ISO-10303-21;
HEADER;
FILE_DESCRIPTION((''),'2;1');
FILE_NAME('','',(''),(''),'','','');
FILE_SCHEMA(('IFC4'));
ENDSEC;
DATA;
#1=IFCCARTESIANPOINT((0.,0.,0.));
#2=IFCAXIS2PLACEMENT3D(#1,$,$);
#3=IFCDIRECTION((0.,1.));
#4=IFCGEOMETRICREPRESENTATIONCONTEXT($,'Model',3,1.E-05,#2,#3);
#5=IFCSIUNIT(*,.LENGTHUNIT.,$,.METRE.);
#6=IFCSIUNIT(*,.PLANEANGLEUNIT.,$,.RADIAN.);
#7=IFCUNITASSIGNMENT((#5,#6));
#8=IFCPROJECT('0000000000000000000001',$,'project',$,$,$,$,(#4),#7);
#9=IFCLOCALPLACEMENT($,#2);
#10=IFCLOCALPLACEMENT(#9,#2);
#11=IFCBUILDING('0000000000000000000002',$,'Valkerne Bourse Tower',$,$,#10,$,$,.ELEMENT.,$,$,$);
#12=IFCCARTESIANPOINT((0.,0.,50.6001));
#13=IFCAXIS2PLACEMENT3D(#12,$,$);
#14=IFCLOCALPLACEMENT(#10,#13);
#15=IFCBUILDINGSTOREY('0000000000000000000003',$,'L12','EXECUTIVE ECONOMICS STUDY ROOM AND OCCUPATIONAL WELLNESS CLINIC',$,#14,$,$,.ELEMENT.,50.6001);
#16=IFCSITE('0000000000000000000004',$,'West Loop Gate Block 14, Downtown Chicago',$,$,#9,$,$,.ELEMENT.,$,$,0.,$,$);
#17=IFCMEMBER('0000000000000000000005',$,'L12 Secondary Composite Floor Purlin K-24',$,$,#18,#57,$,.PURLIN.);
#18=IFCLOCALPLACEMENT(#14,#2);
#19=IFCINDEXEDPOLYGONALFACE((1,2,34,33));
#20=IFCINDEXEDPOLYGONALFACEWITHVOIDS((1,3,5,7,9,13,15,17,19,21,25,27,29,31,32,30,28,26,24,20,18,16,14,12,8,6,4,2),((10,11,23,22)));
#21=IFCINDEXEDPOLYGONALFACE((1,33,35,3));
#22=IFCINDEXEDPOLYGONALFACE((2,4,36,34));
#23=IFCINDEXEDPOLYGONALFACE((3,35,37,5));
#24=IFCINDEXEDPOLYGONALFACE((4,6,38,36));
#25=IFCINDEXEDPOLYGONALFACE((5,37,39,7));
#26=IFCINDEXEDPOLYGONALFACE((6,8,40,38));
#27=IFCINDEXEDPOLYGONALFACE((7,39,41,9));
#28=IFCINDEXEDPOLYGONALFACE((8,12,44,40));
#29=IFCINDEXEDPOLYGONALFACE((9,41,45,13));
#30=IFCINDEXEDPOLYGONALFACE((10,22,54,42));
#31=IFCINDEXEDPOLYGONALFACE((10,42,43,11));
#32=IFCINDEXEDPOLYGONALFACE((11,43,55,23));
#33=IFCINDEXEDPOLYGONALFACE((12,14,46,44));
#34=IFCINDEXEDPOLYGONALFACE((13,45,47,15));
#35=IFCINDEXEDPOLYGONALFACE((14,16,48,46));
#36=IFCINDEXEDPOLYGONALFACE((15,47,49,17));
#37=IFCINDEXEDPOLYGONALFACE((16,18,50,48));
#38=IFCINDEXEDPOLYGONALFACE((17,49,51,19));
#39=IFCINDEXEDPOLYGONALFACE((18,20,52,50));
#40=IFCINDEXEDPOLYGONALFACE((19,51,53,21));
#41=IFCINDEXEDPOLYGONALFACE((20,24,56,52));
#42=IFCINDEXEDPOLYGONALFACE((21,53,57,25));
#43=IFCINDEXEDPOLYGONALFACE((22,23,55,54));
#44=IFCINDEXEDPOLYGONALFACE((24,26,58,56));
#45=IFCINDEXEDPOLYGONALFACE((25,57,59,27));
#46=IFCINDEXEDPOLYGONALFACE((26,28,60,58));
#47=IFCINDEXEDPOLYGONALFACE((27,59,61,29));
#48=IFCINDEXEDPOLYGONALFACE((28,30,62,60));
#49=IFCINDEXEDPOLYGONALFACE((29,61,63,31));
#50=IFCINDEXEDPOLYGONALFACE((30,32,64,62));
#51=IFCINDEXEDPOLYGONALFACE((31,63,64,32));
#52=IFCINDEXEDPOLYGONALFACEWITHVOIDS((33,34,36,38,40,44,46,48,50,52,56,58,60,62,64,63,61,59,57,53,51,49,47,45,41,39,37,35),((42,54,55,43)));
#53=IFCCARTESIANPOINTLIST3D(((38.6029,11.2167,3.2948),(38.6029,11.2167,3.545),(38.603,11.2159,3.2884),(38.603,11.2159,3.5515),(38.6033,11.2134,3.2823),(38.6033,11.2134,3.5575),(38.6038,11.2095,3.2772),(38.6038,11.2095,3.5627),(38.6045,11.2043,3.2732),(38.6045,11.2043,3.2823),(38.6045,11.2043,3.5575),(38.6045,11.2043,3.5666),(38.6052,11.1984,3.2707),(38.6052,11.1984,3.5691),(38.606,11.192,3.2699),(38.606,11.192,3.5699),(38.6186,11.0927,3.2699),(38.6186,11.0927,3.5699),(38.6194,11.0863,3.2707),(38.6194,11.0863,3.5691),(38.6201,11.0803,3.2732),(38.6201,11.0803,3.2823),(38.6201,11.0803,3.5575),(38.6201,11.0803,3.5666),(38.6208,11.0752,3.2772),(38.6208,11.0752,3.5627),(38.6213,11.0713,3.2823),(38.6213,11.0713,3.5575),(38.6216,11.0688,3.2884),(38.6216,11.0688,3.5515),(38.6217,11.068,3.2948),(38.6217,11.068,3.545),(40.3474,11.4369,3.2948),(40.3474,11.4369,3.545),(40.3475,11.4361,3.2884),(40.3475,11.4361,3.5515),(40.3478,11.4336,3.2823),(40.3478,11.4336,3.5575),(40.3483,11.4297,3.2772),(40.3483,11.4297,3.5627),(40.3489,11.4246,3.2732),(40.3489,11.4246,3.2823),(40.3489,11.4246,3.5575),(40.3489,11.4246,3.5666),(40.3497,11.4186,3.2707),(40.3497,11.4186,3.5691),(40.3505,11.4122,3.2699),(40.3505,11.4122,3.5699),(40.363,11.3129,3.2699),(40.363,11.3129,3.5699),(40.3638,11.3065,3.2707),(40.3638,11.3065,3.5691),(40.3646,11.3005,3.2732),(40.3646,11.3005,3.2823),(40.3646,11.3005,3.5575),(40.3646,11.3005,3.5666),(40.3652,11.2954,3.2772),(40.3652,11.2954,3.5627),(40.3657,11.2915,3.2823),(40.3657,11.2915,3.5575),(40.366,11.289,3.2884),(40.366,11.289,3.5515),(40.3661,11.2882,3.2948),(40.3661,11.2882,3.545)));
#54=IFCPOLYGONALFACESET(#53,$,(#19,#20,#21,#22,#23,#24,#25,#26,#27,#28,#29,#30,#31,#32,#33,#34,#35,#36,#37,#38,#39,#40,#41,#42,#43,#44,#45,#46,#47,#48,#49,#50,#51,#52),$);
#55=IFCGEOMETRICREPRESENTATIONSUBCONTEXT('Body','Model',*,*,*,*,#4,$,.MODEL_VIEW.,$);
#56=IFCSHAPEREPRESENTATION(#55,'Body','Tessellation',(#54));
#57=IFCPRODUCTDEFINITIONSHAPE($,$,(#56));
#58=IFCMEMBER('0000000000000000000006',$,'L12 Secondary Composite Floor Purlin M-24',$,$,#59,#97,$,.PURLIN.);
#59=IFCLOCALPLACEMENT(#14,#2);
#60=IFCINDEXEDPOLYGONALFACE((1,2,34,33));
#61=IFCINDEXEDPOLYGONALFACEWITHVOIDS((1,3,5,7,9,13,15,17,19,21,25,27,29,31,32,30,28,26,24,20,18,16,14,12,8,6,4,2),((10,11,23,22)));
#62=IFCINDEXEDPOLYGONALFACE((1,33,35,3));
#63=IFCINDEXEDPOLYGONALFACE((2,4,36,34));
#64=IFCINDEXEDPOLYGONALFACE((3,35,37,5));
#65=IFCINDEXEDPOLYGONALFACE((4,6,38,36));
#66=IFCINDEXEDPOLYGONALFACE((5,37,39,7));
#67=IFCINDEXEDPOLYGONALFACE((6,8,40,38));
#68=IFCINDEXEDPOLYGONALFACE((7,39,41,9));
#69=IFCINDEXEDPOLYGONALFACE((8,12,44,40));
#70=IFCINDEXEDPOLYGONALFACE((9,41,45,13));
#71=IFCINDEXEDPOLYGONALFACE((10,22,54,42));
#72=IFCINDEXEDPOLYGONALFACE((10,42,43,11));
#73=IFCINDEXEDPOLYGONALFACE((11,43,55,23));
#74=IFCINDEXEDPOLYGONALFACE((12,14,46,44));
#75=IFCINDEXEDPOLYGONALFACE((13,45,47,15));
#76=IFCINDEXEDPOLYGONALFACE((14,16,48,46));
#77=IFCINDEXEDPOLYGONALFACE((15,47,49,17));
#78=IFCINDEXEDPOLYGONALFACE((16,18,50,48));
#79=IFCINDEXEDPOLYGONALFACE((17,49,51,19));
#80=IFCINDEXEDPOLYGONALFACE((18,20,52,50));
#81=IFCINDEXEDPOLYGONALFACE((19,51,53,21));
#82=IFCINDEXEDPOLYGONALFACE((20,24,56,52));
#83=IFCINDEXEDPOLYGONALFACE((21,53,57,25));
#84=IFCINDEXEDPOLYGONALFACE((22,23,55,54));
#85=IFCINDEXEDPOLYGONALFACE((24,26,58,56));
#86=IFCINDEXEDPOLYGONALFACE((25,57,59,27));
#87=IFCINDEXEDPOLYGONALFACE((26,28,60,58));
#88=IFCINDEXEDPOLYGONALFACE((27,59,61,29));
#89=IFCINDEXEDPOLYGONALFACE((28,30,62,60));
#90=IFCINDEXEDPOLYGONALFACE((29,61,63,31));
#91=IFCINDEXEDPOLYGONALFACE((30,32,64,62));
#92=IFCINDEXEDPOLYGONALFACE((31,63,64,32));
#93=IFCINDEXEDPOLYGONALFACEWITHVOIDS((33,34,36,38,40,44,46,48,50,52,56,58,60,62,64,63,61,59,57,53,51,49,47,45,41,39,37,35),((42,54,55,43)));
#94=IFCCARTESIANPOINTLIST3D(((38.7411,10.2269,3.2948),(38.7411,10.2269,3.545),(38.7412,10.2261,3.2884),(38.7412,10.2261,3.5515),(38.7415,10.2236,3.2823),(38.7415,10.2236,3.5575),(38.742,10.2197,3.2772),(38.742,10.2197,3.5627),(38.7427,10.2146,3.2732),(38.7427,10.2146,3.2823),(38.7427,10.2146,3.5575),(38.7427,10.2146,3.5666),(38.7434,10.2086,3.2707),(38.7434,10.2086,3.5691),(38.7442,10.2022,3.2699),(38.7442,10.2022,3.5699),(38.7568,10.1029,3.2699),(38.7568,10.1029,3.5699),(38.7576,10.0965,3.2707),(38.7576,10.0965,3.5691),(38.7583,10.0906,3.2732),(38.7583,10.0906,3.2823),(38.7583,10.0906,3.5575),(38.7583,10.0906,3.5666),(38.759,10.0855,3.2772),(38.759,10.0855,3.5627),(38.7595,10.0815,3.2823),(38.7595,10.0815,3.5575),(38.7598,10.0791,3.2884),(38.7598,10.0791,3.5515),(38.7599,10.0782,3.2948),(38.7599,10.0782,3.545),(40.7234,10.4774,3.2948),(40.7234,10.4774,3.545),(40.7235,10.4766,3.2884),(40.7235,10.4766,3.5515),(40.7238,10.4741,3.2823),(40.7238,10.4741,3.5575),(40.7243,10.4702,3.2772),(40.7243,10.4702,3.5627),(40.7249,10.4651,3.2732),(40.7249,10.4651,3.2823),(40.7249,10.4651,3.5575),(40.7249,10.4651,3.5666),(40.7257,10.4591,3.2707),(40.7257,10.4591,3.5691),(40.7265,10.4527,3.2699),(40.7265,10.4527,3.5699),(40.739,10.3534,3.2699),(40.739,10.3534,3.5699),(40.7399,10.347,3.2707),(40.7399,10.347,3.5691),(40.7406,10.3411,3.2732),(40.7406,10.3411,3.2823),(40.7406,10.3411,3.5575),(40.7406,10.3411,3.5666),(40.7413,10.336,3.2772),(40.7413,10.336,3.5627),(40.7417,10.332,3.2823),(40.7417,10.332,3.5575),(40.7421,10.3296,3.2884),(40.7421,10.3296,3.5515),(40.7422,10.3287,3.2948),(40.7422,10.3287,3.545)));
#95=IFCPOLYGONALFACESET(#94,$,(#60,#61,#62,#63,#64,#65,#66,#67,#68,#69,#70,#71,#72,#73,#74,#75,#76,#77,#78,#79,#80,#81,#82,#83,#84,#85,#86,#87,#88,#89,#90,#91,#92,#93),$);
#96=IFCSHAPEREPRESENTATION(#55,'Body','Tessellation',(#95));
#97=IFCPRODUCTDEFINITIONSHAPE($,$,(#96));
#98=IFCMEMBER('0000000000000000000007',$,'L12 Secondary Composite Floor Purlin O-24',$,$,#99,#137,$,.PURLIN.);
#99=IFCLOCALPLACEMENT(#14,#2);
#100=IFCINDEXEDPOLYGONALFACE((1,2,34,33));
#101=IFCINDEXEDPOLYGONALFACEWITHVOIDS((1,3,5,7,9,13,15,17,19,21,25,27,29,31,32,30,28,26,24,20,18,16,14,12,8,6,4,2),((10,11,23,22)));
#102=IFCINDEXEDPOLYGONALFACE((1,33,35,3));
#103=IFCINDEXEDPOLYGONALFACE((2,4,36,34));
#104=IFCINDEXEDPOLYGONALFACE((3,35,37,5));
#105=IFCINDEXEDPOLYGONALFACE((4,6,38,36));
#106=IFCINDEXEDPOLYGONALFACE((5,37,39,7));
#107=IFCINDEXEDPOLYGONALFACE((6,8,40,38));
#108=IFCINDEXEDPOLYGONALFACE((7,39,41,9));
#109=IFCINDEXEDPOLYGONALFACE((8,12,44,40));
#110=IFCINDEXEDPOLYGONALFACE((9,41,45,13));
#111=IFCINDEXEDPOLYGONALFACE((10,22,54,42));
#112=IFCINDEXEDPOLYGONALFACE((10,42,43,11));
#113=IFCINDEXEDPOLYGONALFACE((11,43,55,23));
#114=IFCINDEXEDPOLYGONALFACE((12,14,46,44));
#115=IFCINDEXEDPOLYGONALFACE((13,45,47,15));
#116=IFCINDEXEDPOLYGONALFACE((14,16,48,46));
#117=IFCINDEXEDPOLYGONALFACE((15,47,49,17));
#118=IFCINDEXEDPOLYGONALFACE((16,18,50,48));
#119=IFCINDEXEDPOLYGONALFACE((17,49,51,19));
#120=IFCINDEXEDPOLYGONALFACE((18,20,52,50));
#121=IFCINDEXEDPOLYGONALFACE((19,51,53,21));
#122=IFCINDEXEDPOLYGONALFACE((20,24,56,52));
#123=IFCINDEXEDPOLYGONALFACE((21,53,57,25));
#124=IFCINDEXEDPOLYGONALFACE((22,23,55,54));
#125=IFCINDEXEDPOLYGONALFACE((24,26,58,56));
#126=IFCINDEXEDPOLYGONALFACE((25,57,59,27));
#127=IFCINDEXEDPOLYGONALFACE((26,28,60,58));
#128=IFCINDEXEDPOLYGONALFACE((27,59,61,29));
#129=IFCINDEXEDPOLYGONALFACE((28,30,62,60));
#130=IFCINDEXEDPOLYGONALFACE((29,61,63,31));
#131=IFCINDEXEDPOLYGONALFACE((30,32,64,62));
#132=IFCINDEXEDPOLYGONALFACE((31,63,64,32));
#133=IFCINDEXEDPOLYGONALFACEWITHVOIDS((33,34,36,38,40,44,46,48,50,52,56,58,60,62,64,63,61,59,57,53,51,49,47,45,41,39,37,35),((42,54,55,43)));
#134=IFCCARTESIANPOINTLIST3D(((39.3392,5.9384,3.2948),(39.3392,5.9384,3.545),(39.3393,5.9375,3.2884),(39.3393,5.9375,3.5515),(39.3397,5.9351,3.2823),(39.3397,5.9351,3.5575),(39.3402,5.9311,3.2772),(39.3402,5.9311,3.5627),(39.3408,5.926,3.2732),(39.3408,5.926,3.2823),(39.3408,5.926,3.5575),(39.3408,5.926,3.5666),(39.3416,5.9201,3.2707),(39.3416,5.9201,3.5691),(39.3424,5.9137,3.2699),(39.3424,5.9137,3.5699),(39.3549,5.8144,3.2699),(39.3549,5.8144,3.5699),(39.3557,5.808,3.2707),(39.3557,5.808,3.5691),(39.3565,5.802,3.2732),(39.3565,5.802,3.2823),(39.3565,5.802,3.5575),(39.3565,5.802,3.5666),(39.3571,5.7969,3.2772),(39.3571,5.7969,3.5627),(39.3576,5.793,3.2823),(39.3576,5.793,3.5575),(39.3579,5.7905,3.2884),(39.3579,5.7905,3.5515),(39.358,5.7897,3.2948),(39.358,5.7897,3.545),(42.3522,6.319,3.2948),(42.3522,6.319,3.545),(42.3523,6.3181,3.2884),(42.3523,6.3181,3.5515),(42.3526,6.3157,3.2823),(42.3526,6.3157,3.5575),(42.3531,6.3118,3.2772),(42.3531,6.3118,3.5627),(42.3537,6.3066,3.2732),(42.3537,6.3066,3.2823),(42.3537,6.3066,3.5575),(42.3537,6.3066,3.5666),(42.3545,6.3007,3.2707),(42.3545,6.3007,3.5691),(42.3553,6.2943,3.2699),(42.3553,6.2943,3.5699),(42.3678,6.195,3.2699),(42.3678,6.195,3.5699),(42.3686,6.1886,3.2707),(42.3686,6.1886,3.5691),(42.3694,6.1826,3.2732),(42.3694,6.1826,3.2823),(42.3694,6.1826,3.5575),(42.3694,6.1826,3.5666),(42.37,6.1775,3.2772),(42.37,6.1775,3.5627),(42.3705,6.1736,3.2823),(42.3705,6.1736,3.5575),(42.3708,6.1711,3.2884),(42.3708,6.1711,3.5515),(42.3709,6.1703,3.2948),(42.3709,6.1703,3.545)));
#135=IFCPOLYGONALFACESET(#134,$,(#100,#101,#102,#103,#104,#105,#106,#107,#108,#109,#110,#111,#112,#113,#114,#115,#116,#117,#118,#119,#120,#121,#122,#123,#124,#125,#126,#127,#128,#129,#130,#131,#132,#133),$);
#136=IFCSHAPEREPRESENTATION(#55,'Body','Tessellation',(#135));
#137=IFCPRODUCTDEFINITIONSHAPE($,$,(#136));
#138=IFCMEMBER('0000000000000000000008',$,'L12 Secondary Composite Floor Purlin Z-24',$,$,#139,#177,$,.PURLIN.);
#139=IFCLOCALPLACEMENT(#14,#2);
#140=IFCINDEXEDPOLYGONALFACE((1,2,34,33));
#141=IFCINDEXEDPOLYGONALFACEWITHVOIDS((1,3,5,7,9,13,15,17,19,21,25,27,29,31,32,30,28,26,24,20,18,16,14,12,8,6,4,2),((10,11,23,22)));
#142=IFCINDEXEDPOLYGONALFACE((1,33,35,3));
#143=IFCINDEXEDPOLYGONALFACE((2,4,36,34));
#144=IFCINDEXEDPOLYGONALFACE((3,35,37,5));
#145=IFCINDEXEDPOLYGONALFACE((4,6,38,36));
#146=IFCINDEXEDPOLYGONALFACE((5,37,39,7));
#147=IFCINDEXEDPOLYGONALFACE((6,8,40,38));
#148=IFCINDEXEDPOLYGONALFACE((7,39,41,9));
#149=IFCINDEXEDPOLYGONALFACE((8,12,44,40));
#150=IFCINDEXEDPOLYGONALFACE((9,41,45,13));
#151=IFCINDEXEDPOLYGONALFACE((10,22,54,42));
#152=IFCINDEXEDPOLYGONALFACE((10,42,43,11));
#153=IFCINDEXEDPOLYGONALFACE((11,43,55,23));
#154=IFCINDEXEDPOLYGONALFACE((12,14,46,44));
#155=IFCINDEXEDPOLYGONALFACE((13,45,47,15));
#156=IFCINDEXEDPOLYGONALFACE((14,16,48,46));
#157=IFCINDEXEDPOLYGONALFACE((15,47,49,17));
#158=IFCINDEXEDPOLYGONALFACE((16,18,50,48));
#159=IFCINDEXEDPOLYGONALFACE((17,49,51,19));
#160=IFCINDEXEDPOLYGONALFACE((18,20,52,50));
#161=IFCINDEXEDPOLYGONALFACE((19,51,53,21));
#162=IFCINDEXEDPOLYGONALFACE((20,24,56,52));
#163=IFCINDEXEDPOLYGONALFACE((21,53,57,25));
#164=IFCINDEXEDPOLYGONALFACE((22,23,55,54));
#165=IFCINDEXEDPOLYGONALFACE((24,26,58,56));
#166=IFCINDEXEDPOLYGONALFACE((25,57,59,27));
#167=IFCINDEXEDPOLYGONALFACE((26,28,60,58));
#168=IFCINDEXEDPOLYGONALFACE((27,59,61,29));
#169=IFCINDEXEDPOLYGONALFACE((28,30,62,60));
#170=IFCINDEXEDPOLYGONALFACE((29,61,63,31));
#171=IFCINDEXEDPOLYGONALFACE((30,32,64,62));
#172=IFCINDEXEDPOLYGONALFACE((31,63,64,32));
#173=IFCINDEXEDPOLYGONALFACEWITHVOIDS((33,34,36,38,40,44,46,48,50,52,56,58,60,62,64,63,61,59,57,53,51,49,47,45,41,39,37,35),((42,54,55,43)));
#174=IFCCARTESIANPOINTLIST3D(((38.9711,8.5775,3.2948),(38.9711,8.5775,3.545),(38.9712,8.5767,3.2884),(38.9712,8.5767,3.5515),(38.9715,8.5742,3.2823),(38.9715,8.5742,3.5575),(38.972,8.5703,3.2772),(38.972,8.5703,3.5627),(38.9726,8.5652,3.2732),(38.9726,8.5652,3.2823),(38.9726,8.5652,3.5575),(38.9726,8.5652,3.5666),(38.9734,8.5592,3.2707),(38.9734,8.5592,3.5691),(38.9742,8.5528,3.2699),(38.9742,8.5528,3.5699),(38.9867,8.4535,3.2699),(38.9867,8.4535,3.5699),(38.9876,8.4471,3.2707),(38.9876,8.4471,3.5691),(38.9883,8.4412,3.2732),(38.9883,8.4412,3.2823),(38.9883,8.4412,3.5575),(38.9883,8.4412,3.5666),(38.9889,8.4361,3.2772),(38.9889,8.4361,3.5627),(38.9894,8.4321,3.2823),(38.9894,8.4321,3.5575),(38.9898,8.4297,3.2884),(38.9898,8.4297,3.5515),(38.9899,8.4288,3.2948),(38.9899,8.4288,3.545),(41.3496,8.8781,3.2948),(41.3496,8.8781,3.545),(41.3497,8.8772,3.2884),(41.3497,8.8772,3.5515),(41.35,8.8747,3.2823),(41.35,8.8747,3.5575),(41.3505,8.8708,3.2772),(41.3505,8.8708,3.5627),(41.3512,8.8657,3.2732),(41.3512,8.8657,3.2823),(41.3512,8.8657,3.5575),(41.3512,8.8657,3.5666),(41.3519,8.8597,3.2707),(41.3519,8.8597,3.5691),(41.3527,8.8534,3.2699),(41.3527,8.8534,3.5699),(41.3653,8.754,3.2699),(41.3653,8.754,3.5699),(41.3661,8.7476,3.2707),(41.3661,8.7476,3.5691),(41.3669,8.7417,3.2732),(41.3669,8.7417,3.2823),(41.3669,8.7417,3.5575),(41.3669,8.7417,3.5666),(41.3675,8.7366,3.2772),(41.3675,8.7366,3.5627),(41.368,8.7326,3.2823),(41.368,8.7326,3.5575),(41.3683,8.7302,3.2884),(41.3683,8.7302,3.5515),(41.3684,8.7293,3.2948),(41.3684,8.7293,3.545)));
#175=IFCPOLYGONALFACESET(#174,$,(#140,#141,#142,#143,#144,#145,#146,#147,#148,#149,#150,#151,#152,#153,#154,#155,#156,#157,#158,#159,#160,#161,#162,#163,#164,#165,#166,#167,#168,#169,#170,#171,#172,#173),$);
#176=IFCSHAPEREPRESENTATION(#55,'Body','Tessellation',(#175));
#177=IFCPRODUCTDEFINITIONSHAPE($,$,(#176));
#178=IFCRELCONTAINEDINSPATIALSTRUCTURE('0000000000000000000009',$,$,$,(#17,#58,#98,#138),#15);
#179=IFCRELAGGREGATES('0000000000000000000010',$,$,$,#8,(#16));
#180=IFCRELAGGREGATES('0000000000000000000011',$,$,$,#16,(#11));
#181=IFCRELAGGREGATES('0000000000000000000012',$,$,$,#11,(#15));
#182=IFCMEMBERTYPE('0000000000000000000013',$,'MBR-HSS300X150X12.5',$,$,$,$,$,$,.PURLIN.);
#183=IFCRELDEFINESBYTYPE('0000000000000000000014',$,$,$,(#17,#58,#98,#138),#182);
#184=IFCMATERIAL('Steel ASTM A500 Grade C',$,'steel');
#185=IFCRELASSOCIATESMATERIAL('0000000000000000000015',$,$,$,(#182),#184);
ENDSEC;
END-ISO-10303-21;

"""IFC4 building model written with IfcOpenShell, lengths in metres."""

from ifc_helpers import new_model, si_unit, direction, frame, origin, origin_2d, place, context, subcontext, project, spatial, hollow_rectangle, extrude, material, material_profile, profile_set, type_object, element, save


model = new_model("IFC4")

# Units and contexts
model_context = context("Model", 3, precision=1e-05, world=origin(), true_north=direction((0.0, 1.0)))
body_context = subcontext(model_context, "Body", "Model", "MODEL_VIEW")
ifc_project = project(units=[si_unit("LENGTHUNIT", "METRE"), si_unit("PLANEANGLEUNIT", "RADIAN")], contexts=[model_context])

# Site, building, storey
site_placement = place(None, origin())
site = spatial("IfcSite", under=ifc_project, at=site_placement, Name="West Loop Gate Block 14, Downtown Chicago", CompositionType="ELEMENT", RefElevation=0.0)
building_placement = place(site_placement, origin())
building = spatial("IfcBuilding", under=site, at=building_placement, Name="Valkerne Bourse Tower", CompositionType="ELEMENT")
storey_placement = place(building_placement, frame((0.0, 0.0, 50.6001)))
storey = spatial("IfcBuildingStorey", under=building, at=storey_placement, Name="L12", Description="EXECUTIVE ECONOMICS STUDY ROOM AND OCCUPATIONAL WELLNESS CLINIC", CompositionType="ELEMENT", Elevation=50.6001)

# Members
ifc_material_1 = material(Name="Steel ASTM A500 Grade C", Category="steel")
ifc_material_profile_1 = material_profile(ifc_material_1, hollow_rectangle(XDim=0.1499, YDim=0.3, WallThickness=0.0125, OuterFilletRadius=0.0249, at=origin_2d()), Name="HSS300X150X12.5")
ifc_profile_set_1 = profile_set([ifc_material_profile_1], Name="Steel ASTM A500 Grade C")
member_type_1 = type_object("IfcMemberType", Name="MBR-HSS300X150X12.5", PredefinedType="PURLIN", material=ifc_profile_set_1)
member_1_placement = place(storey_placement, frame((38.6123, 11.1423, 3.4199), z_axis=(0.992125, 0.125248, 0.0), x_axis=(-0.125248, 0.992125, 0.0)))
element("IfcMember", 1, at=member_1_placement, inside=storey, type_object=member_type_1, Name="L12 Secondary Composite Floor Purlin K-24", PredefinedType="PURLIN", context=body_context, shape_type="SweptSolid", body=[
    extrude(hollow_rectangle(XDim=0.1499, YDim=0.3, WallThickness=0.0125, OuterFilletRadius=0.0249, at=origin_2d()), origin(), (0.0, 0.0, 1.0), 1.7583),
])
member_2_placement = place(storey_placement, frame((38.7505, 10.1526, 3.4199), z_axis=(0.99211, 0.125373, 0.0), x_axis=(-0.125373, 0.99211, 0.0)))
element("IfcMember", 2, at=member_2_placement, inside=storey, type_object=member_type_1, Name="L12 Secondary Composite Floor Purlin M-24", PredefinedType="PURLIN", context=body_context, shape_type="SweptSolid", body=[
    extrude(hollow_rectangle(XDim=0.1499, YDim=0.3, WallThickness=0.0125, OuterFilletRadius=0.0249, at=origin_2d()), origin(), (0.0, 0.0, 1.0), 1.998),
])
member_3_placement = place(storey_placement, frame((39.3486, 5.864, 3.4199), z_axis=(0.992115, 0.125331, 0.0), x_axis=(-0.125331, 0.992115, 0.0)))
element("IfcMember", 3, at=member_3_placement, inside=storey, type_object=member_type_1, Name="L12 Secondary Composite Floor Purlin O-24", PredefinedType="PURLIN", context=body_context, shape_type="SweptSolid", body=[
    extrude(hollow_rectangle(XDim=0.1499, YDim=0.3, WallThickness=0.0125, OuterFilletRadius=0.0249, at=origin_2d()), origin(), (0.0, 0.0, 1.0), 3.0369),
])
member_4_placement = place(storey_placement, frame((38.9805, 8.5032, 3.4199), z_axis=(0.992113, 0.125351, 0.0), x_axis=(-0.125351, 0.992113, 0.0)))
element("IfcMember", 4, at=member_4_placement, inside=storey, type_object=member_type_1, Name="L12 Secondary Composite Floor Purlin Z-24", PredefinedType="PURLIN", context=body_context, shape_type="SweptSolid", body=[
    extrude(hollow_rectangle(XDim=0.1499, YDim=0.3, WallThickness=0.0125, OuterFilletRadius=0.0249, at=origin_2d()), origin(), (0.0, 0.0, 1.0), 2.3975),
])

save(model, "model.ifc")
